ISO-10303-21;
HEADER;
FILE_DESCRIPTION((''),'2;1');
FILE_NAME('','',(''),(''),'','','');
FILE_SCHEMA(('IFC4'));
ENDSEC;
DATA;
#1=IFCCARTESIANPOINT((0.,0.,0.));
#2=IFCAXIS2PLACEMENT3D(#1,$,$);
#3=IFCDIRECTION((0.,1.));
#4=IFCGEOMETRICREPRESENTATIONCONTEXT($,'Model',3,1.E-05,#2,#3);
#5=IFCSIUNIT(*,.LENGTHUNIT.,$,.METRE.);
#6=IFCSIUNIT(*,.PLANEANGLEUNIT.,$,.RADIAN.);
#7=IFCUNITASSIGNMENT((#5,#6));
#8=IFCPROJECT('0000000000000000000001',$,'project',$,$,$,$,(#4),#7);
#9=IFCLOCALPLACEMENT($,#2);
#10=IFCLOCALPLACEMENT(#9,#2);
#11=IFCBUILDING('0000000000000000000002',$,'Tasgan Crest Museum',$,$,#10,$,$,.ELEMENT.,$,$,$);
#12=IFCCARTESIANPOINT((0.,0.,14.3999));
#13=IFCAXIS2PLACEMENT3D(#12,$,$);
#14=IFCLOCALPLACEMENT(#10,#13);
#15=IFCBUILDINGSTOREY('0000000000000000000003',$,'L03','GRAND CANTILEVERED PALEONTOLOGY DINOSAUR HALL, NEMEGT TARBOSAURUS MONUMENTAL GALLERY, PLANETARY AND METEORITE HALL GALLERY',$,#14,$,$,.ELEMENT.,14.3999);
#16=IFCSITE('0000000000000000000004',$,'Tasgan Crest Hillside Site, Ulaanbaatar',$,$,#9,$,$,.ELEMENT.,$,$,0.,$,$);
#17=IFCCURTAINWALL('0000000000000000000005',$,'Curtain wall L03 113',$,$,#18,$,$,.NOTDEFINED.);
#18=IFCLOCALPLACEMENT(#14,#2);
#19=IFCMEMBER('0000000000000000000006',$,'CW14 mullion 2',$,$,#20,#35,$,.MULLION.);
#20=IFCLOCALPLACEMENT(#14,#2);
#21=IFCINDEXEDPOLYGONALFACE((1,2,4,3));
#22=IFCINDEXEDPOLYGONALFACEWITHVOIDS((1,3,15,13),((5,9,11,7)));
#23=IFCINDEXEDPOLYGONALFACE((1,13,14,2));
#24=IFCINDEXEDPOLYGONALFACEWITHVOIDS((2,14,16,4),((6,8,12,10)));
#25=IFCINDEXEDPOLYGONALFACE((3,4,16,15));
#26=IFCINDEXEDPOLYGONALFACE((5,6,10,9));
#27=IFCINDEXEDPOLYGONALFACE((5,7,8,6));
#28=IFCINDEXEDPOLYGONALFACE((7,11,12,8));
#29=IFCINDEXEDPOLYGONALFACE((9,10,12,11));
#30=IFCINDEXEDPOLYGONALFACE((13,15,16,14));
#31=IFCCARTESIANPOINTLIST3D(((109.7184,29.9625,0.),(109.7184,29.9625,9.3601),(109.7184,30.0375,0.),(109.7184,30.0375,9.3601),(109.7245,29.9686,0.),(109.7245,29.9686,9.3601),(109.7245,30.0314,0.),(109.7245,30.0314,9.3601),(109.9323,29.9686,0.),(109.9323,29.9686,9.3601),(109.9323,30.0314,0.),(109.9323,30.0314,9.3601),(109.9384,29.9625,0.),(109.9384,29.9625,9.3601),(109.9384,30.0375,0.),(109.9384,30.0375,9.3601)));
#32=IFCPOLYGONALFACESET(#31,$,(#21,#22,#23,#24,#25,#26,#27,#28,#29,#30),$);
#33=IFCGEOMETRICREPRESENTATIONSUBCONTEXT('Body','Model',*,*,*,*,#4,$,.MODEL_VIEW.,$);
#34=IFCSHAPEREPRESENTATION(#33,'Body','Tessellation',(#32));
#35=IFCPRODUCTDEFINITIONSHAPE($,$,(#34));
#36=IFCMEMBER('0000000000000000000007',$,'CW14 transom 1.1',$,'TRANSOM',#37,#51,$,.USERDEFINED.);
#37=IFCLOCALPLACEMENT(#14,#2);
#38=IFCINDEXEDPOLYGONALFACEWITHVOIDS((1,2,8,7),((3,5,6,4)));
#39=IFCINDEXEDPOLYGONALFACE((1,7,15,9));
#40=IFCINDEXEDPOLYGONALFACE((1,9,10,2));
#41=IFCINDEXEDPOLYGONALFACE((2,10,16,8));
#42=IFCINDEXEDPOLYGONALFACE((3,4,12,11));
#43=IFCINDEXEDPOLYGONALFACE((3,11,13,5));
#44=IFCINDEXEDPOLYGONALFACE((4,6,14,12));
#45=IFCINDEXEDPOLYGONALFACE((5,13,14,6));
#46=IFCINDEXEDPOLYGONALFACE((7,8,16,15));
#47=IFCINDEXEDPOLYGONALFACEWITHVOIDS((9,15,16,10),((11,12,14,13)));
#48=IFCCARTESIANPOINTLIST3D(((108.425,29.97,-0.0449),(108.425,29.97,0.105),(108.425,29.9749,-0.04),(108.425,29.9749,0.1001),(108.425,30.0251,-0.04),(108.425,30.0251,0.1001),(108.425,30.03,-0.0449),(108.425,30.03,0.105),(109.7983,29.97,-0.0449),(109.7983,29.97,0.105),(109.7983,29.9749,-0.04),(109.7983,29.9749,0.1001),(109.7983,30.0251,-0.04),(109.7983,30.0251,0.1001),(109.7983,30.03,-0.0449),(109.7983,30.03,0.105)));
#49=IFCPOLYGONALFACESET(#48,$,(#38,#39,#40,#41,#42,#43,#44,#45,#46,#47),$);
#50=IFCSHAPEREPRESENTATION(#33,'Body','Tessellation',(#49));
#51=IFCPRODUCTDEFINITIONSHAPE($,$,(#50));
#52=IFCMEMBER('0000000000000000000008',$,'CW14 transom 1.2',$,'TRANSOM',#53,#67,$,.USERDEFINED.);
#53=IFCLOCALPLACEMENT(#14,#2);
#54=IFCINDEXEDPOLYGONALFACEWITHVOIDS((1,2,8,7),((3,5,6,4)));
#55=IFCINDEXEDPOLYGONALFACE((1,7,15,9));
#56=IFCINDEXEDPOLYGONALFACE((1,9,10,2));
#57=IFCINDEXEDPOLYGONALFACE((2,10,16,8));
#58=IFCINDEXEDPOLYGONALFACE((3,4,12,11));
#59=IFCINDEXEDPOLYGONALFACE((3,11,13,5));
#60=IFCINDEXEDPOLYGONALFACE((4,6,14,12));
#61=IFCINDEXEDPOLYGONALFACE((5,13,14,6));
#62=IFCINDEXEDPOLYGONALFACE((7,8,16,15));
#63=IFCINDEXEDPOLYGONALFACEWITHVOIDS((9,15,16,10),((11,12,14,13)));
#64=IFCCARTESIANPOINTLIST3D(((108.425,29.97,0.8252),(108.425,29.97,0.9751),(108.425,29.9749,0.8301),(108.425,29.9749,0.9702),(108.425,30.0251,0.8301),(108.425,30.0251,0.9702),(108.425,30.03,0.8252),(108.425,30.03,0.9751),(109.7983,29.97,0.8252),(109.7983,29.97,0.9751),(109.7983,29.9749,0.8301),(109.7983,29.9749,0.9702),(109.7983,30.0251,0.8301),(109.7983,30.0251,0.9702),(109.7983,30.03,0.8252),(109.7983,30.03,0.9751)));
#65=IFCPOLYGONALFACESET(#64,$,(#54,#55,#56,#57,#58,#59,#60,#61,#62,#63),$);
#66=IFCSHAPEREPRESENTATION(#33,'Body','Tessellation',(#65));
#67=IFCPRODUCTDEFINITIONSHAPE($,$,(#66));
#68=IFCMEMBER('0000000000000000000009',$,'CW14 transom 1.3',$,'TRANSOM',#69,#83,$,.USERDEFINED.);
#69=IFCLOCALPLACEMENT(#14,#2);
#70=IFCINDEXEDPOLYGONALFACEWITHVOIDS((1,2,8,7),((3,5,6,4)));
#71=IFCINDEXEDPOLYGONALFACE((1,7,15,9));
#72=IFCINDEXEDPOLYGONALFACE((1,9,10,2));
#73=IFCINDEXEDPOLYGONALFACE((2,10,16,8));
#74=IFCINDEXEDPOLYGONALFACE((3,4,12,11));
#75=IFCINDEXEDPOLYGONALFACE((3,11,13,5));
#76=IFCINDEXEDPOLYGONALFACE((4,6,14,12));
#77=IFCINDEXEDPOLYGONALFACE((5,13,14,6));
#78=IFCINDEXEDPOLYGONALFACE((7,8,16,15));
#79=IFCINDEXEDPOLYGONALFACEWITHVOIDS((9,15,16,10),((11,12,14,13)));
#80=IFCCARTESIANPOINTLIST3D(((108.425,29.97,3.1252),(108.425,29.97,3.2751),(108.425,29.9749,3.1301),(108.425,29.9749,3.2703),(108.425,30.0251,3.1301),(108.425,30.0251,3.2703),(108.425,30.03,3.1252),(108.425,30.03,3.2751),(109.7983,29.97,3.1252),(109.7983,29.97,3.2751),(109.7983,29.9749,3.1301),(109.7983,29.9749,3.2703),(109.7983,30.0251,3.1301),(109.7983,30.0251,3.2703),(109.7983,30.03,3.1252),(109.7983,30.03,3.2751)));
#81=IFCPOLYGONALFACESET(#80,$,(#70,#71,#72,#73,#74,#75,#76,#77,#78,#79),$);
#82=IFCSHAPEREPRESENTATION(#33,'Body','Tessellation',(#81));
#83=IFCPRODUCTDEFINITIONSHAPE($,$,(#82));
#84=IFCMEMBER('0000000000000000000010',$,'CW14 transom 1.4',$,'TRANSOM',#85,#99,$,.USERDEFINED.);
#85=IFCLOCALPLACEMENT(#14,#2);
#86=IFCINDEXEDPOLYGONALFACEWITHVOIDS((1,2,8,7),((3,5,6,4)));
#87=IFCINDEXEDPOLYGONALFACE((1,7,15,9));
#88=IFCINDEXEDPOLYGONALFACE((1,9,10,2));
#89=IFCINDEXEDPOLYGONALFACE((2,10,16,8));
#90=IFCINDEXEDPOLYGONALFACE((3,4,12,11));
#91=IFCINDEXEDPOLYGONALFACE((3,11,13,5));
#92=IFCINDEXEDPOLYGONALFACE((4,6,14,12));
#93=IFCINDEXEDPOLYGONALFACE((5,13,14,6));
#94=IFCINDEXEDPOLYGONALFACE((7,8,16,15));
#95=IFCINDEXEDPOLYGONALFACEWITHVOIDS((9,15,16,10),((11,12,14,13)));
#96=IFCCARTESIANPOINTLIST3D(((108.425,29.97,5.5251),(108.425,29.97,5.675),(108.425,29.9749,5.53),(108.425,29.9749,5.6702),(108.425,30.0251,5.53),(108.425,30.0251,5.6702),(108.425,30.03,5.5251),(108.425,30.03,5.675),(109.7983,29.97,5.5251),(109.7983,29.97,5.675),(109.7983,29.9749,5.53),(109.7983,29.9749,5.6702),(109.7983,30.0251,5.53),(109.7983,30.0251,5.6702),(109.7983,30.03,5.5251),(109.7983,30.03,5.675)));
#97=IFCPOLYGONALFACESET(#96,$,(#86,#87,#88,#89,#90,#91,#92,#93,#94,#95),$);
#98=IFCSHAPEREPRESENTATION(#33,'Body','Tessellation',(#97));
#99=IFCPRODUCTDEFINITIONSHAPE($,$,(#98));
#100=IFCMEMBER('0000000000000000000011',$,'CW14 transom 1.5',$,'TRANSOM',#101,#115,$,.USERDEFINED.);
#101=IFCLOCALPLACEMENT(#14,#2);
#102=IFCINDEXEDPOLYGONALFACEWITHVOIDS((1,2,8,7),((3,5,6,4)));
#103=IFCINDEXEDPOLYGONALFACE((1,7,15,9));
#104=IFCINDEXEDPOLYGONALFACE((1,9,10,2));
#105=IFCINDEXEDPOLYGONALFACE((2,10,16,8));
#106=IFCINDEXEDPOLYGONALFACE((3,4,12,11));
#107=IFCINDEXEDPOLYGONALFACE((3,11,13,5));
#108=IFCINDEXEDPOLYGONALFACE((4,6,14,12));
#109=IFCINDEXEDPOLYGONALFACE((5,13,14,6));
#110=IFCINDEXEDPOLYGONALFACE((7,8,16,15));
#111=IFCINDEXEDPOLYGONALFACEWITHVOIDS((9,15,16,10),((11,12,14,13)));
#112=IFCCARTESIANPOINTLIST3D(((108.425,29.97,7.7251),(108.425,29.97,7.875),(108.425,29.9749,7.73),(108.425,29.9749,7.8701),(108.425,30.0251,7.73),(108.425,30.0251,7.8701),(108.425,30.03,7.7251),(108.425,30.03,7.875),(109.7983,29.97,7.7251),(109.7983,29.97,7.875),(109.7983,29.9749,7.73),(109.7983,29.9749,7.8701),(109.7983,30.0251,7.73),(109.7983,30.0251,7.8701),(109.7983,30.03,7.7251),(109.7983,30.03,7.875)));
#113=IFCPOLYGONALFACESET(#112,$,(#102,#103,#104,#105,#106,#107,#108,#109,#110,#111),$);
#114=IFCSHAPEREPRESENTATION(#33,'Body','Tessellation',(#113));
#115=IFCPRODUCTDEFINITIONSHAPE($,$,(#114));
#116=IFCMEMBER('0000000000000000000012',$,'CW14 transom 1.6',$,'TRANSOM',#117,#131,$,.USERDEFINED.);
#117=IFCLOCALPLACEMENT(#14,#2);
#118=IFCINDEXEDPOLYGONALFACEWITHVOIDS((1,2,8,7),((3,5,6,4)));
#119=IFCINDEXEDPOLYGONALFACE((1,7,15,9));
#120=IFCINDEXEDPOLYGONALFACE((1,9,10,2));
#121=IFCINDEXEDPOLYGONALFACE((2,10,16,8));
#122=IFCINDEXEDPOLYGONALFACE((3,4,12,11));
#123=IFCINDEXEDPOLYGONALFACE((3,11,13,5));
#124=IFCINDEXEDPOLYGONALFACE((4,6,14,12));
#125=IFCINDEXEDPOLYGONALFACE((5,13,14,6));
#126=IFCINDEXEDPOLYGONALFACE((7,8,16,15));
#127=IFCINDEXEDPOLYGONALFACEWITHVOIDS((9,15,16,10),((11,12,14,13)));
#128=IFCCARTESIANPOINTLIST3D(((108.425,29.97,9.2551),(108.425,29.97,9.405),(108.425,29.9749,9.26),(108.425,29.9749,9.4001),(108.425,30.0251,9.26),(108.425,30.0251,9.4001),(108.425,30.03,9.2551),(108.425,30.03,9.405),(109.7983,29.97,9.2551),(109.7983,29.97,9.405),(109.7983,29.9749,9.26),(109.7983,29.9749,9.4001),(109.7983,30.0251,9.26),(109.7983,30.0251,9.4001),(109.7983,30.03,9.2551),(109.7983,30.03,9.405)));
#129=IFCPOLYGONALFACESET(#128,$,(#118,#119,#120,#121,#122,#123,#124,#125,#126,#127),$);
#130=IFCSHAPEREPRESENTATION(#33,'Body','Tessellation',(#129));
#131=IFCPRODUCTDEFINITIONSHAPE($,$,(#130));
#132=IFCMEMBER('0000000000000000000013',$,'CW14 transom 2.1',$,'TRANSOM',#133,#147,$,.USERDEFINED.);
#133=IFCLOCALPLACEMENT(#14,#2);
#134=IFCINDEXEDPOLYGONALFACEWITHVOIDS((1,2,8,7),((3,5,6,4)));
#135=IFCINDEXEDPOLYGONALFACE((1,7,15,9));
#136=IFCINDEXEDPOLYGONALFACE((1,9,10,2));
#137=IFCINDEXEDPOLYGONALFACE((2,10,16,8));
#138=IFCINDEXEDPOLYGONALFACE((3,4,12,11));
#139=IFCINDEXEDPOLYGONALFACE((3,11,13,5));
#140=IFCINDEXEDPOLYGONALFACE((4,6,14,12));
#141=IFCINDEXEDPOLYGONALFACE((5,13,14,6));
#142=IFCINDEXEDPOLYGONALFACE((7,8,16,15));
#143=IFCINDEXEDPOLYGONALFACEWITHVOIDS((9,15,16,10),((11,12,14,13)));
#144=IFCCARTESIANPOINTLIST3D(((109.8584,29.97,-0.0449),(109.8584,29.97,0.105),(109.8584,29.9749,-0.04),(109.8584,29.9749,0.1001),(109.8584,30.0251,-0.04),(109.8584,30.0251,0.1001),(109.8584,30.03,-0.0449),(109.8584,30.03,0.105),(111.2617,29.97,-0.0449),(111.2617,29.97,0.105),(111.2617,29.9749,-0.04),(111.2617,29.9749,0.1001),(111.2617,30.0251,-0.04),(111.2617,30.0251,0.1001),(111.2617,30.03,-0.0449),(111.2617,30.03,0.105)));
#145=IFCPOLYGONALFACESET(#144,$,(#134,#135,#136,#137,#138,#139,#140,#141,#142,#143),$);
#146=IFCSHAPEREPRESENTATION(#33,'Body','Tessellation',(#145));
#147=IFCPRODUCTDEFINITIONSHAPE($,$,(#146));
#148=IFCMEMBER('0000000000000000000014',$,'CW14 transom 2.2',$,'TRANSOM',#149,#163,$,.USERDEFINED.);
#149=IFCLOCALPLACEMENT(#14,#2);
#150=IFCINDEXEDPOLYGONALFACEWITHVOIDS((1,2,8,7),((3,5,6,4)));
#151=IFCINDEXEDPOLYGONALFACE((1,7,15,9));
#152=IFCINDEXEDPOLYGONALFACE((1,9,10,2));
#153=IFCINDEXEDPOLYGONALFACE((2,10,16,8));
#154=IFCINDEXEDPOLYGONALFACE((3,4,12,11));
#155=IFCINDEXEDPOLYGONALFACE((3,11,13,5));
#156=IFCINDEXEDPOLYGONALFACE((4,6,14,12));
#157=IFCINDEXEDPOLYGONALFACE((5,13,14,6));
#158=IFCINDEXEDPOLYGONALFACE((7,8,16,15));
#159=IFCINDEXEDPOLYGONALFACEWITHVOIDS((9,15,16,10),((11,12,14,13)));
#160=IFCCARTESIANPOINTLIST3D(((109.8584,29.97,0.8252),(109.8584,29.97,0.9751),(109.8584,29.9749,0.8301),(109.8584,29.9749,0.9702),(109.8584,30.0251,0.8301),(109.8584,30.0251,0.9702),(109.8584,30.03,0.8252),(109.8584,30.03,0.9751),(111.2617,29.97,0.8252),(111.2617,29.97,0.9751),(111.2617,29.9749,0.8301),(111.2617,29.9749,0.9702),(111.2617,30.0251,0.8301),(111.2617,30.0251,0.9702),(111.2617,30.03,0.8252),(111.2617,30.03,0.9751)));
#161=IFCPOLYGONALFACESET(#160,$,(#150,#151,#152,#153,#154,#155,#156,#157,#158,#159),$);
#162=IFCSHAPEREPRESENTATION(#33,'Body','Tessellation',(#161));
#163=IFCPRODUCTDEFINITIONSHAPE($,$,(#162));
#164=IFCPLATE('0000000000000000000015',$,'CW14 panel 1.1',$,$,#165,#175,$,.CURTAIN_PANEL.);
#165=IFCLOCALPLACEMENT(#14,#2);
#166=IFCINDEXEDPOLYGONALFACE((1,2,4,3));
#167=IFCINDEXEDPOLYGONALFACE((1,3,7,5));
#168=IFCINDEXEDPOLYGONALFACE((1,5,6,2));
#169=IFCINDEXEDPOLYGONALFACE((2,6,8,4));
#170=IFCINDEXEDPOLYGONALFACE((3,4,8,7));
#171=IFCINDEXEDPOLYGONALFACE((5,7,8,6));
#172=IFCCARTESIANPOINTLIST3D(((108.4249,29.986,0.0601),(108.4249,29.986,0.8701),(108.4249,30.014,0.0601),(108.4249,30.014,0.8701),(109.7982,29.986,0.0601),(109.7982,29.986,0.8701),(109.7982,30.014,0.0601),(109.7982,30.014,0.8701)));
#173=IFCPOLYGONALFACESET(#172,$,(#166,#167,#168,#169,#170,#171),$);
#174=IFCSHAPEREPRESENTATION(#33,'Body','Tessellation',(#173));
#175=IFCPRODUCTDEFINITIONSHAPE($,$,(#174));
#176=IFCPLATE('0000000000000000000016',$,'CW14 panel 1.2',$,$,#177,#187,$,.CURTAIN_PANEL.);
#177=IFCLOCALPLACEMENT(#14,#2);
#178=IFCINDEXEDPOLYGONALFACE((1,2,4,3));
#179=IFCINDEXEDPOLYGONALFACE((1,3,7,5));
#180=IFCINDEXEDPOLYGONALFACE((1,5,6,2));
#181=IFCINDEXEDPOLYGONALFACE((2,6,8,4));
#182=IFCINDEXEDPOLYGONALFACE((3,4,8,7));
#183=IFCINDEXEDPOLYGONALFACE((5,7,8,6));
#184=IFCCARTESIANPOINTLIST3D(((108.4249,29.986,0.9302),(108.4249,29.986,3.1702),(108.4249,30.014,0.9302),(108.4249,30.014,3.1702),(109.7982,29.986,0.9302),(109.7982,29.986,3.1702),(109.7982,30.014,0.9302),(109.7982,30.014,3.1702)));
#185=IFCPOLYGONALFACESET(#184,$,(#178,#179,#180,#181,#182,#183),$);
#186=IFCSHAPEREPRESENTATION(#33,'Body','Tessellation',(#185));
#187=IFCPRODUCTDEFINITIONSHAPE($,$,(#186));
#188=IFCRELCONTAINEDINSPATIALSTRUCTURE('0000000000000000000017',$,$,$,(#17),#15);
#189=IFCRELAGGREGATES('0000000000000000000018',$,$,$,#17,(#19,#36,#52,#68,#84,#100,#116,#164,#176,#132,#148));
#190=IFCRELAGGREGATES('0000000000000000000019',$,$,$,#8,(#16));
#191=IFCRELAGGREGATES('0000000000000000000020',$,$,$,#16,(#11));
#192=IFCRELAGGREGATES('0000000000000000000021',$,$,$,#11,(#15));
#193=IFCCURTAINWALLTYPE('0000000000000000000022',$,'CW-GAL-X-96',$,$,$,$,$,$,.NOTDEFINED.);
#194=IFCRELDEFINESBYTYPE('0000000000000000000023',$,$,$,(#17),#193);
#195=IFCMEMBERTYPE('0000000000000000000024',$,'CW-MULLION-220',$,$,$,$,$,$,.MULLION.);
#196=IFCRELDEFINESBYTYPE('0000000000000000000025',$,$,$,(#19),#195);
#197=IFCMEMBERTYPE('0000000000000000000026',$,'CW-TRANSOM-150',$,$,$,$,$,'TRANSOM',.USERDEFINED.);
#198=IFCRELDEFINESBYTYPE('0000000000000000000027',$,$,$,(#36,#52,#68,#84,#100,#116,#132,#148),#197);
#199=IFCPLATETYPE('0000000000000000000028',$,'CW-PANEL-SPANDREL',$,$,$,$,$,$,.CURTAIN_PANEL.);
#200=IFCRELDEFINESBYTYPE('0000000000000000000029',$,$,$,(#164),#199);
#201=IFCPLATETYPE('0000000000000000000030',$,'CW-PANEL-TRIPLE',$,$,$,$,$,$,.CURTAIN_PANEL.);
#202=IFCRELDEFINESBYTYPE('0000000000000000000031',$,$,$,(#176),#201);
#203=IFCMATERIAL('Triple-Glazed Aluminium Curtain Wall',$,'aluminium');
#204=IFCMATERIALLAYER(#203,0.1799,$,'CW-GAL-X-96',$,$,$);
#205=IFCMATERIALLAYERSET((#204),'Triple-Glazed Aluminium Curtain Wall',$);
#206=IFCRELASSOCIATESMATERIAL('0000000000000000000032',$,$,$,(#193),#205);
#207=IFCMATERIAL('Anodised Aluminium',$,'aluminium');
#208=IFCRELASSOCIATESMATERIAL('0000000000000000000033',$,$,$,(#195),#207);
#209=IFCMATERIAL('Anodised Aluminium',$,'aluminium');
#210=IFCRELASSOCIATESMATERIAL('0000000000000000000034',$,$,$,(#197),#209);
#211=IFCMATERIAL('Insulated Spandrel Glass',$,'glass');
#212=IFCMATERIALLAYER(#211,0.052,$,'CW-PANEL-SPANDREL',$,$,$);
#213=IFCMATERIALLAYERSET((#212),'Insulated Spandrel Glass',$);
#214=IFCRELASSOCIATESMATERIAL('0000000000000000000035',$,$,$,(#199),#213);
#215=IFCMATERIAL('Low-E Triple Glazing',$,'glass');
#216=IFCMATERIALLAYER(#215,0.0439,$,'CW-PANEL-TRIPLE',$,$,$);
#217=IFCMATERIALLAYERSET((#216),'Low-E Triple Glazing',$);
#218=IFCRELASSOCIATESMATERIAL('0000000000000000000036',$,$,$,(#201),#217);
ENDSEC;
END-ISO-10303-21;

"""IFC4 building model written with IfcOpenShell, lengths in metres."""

from ifc_helpers import new_model, si_unit, direction, frame, origin, origin_2d, place, context, subcontext, project, spatial, rectangle, hollow_rectangle, extrude, material, layer, layer_set, material_profile, profile_set, type_object, element, aggregate, save


model = new_model("IFC4")

# Units and contexts
model_context = context("Model", 3, precision=1e-05, world=origin(), true_north=direction((0.0, 1.0)))
body_context = subcontext(model_context, "Body", "Model", "MODEL_VIEW")
ifc_project = project(units=[si_unit("LENGTHUNIT", "METRE"), si_unit("PLANEANGLEUNIT", "RADIAN")], contexts=[model_context])

# Site, building, storey
site_placement = place(None, origin())
site = spatial("IfcSite", under=ifc_project, at=site_placement, Name="Tasgan Crest Hillside Site, Ulaanbaatar", CompositionType="ELEMENT", RefElevation=0.0)
building_placement = place(site_placement, origin())
building = spatial("IfcBuilding", under=site, at=building_placement, Name="Tasgan Crest Museum", CompositionType="ELEMENT")
storey_placement = place(building_placement, frame((0.0, 0.0, 14.3999)))
storey = spatial("IfcBuildingStorey", under=building, at=storey_placement, Name="L03", Description="GRAND CANTILEVERED PALEONTOLOGY DINOSAUR HALL, NEMEGT TARBOSAURUS MONUMENTAL GALLERY, PLANETARY AND METEORITE HALL GALLERY", CompositionType="ELEMENT", Elevation=14.3999)

# Curtain wall, members, plates
ifc_material_1 = material(Name="Triple-Glazed Aluminium Curtain Wall", Category="aluminium")
ifc_layer_1 = layer(ifc_material_1, 0.1799, Name="CW-GAL-X-96")
ifc_layer_set_1 = layer_set([ifc_layer_1], Name="Triple-Glazed Aluminium Curtain Wall")
curtain_wall_type = type_object("IfcCurtainWallType", Name="CW-GAL-X-96", PredefinedType="NOTDEFINED", material=ifc_layer_set_1)
curtain_wall_placement = place(storey_placement, origin())
curtain_wall = element("IfcCurtainWall", 1, at=curtain_wall_placement, inside=storey, type_object=curtain_wall_type, Name="Curtain wall L03 113", PredefinedType="NOTDEFINED")
ifc_material_2 = material(Name="Anodised Aluminium", Category="aluminium")
ifc_material_profile_1 = material_profile(ifc_material_2, hollow_rectangle(XDim=0.075, YDim=0.22, WallThickness=0.0061, at=origin_2d()), Name="ALU MULLION 220x75x6")
ifc_profile_set_1 = profile_set([ifc_material_profile_1], Name="Anodised Aluminium")
member_type_1 = type_object("IfcMemberType", Name="CW-MULLION-220", PredefinedType="MULLION", material=ifc_profile_set_1)
member_1_placement = place(storey_placement, frame((109.8284, 30.0, 0.0), z_axis=(0.0, 0.0, 1.0), x_axis=(0.0, 1.0, 0.0)))
member_1 = element("IfcMember", 2, at=member_1_placement, type_object=member_type_1, Name="CW14 mullion 2", PredefinedType="MULLION", context=body_context, shape_type="SweptSolid", body=[
    extrude(hollow_rectangle(XDim=0.075, YDim=0.22, WallThickness=0.0061, at=origin_2d()), origin(), (0.0, 0.0, 1.0), 9.3601),
])
ifc_material_3 = material(Name="Anodised Aluminium", Category="aluminium")
ifc_material_profile_2 = material_profile(ifc_material_3, hollow_rectangle(XDim=0.0601, YDim=0.1499, WallThickness=0.0049, at=origin_2d()), Name="ALU TRANSOM 150x60x5")
ifc_profile_set_2 = profile_set([ifc_material_profile_2], Name="Anodised Aluminium")
member_type_2 = type_object("IfcMemberType", Name="CW-TRANSOM-150", ElementType="TRANSOM", PredefinedType="USERDEFINED", material=ifc_profile_set_2)
member_2_placement = place(storey_placement, frame((108.425, 30.0, 0.03), z_axis=(1.0, 0.0, 0.0), x_axis=(0.0, 1.0, 0.0)))
member_2 = element("IfcMember", 3, at=member_2_placement, type_object=member_type_2, Name="CW14 transom 1.1", ObjectType="TRANSOM", PredefinedType="USERDEFINED", context=body_context, shape_type="SweptSolid", body=[
    extrude(hollow_rectangle(XDim=0.0601, YDim=0.1499, WallThickness=0.0049, at=origin_2d()), origin(), (0.0, 0.0, 1.0), 1.3733),
])
member_3_placement = place(storey_placement, frame((108.425, 30.0, 0.9001), z_axis=(1.0, 0.0, 0.0), x_axis=(0.0, 1.0, 0.0)))
member_3 = element("IfcMember", 4, at=member_3_placement, type_object=member_type_2, Name="CW14 transom 1.2", ObjectType="TRANSOM", PredefinedType="USERDEFINED", context=body_context, shape_type="SweptSolid", body=[
    extrude(hollow_rectangle(XDim=0.0601, YDim=0.1499, WallThickness=0.0049, at=origin_2d()), origin(), (0.0, 0.0, 1.0), 1.3733),
])
member_4_placement = place(storey_placement, frame((108.425, 30.0, 3.2002), z_axis=(1.0, 0.0, 0.0), x_axis=(0.0, 1.0, 0.0)))
member_4 = element("IfcMember", 5, at=member_4_placement, type_object=member_type_2, Name="CW14 transom 1.3", ObjectType="TRANSOM", PredefinedType="USERDEFINED", context=body_context, shape_type="SweptSolid", body=[
    extrude(hollow_rectangle(XDim=0.0601, YDim=0.1499, WallThickness=0.0049, at=origin_2d()), origin(), (0.0, 0.0, 1.0), 1.3733),
])
member_5_placement = place(storey_placement, frame((108.425, 30.0, 5.6001), z_axis=(1.0, 0.0, 0.0), x_axis=(0.0, 1.0, 0.0)))
member_5 = element("IfcMember", 6, at=member_5_placement, type_object=member_type_2, Name="CW14 transom 1.4", ObjectType="TRANSOM", PredefinedType="USERDEFINED", context=body_context, shape_type="SweptSolid", body=[
    extrude(hollow_rectangle(XDim=0.0601, YDim=0.1499, WallThickness=0.0049, at=origin_2d()), origin(), (0.0, 0.0, 1.0), 1.3733),
])
member_6_placement = place(storey_placement, frame((108.425, 30.0, 7.8), z_axis=(1.0, 0.0, 0.0), x_axis=(0.0, 1.0, 0.0)))
member_6 = element("IfcMember", 7, at=member_6_placement, type_object=member_type_2, Name="CW14 transom 1.5", ObjectType="TRANSOM", PredefinedType="USERDEFINED", context=body_context, shape_type="SweptSolid", body=[
    extrude(hollow_rectangle(XDim=0.0601, YDim=0.1499, WallThickness=0.0049, at=origin_2d()), origin(), (0.0, 0.0, 1.0), 1.3733),
])
member_7_placement = place(storey_placement, frame((108.425, 30.0, 9.3301), z_axis=(1.0, 0.0, 0.0), x_axis=(0.0, 1.0, 0.0)))
member_7 = element("IfcMember", 8, at=member_7_placement, type_object=member_type_2, Name="CW14 transom 1.6", ObjectType="TRANSOM", PredefinedType="USERDEFINED", context=body_context, shape_type="SweptSolid", body=[
    extrude(hollow_rectangle(XDim=0.0601, YDim=0.1499, WallThickness=0.0049, at=origin_2d()), origin(), (0.0, 0.0, 1.0), 1.3733),
])
member_8_placement = place(storey_placement, frame((109.8584, 30.0, 0.03), z_axis=(1.0, 0.0, 0.0), x_axis=(0.0, 1.0, 0.0)))
member_8 = element("IfcMember", 9, at=member_8_placement, type_object=member_type_2, Name="CW14 transom 2.1", ObjectType="TRANSOM", PredefinedType="USERDEFINED", context=body_context, shape_type="SweptSolid", body=[
    extrude(hollow_rectangle(XDim=0.0601, YDim=0.1499, WallThickness=0.0049, at=origin_2d()), origin(), (0.0, 0.0, 1.0), 1.4033),
])
member_9_placement = place(storey_placement, frame((109.8584, 30.0, 0.9001), z_axis=(1.0, 0.0, 0.0), x_axis=(0.0, 1.0, 0.0)))
member_9 = element("IfcMember", 10, at=member_9_placement, type_object=member_type_2, Name="CW14 transom 2.2", ObjectType="TRANSOM", PredefinedType="USERDEFINED", context=body_context, shape_type="SweptSolid", body=[
    extrude(hollow_rectangle(XDim=0.0601, YDim=0.1499, WallThickness=0.0049, at=origin_2d()), origin(), (0.0, 0.0, 1.0), 1.4033),
])
ifc_material_4 = material(Name="Insulated Spandrel Glass", Category="glass")
ifc_layer_2 = layer(ifc_material_4, 0.052, Name="CW-PANEL-SPANDREL")
ifc_layer_set_2 = layer_set([ifc_layer_2], Name="Insulated Spandrel Glass")
plate_type_1 = type_object("IfcPlateType", Name="CW-PANEL-SPANDREL", PredefinedType="CURTAIN_PANEL", material=ifc_layer_set_2)
plate_1_placement = place(storey_placement, frame((109.1116, 30.0, 0.0601), z_axis=(0.0, 0.0, 1.0), x_axis=(1.0, 0.0, 0.0)))
plate_1 = element("IfcPlate", 11, at=plate_1_placement, type_object=plate_type_1, Name="CW14 panel 1.1", PredefinedType="CURTAIN_PANEL", context=body_context, shape_type="SweptSolid", body=[
    extrude(rectangle(XDim=1.3733, YDim=0.0281, at=origin_2d()), origin(), (0.0, 0.0, 1.0), 0.8101),
])
ifc_material_5 = material(Name="Low-E Triple Glazing", Category="glass")
ifc_layer_3 = layer(ifc_material_5, 0.0439, Name="CW-PANEL-TRIPLE")
ifc_layer_set_3 = layer_set([ifc_layer_3], Name="Low-E Triple Glazing")
plate_type_2 = type_object("IfcPlateType", Name="CW-PANEL-TRIPLE", PredefinedType="CURTAIN_PANEL", material=ifc_layer_set_3)
plate_2_placement = place(storey_placement, frame((109.1116, 30.0, 0.9302), z_axis=(0.0, 0.0, 1.0), x_axis=(1.0, 0.0, 0.0)))
plate_2 = element("IfcPlate", 12, at=plate_2_placement, type_object=plate_type_2, Name="CW14 panel 1.2", PredefinedType="CURTAIN_PANEL", context=body_context, shape_type="SweptSolid", body=[
    extrude(rectangle(XDim=1.3733, YDim=0.0281, at=origin_2d()), origin(), (0.0, 0.0, 1.0), 2.24),
])
aggregate(curtain_wall, [member_1, member_2, member_3, member_4, member_5, member_6, member_7, plate_1, plate_2, member_8, member_9])

save(model, "model.ifc")
